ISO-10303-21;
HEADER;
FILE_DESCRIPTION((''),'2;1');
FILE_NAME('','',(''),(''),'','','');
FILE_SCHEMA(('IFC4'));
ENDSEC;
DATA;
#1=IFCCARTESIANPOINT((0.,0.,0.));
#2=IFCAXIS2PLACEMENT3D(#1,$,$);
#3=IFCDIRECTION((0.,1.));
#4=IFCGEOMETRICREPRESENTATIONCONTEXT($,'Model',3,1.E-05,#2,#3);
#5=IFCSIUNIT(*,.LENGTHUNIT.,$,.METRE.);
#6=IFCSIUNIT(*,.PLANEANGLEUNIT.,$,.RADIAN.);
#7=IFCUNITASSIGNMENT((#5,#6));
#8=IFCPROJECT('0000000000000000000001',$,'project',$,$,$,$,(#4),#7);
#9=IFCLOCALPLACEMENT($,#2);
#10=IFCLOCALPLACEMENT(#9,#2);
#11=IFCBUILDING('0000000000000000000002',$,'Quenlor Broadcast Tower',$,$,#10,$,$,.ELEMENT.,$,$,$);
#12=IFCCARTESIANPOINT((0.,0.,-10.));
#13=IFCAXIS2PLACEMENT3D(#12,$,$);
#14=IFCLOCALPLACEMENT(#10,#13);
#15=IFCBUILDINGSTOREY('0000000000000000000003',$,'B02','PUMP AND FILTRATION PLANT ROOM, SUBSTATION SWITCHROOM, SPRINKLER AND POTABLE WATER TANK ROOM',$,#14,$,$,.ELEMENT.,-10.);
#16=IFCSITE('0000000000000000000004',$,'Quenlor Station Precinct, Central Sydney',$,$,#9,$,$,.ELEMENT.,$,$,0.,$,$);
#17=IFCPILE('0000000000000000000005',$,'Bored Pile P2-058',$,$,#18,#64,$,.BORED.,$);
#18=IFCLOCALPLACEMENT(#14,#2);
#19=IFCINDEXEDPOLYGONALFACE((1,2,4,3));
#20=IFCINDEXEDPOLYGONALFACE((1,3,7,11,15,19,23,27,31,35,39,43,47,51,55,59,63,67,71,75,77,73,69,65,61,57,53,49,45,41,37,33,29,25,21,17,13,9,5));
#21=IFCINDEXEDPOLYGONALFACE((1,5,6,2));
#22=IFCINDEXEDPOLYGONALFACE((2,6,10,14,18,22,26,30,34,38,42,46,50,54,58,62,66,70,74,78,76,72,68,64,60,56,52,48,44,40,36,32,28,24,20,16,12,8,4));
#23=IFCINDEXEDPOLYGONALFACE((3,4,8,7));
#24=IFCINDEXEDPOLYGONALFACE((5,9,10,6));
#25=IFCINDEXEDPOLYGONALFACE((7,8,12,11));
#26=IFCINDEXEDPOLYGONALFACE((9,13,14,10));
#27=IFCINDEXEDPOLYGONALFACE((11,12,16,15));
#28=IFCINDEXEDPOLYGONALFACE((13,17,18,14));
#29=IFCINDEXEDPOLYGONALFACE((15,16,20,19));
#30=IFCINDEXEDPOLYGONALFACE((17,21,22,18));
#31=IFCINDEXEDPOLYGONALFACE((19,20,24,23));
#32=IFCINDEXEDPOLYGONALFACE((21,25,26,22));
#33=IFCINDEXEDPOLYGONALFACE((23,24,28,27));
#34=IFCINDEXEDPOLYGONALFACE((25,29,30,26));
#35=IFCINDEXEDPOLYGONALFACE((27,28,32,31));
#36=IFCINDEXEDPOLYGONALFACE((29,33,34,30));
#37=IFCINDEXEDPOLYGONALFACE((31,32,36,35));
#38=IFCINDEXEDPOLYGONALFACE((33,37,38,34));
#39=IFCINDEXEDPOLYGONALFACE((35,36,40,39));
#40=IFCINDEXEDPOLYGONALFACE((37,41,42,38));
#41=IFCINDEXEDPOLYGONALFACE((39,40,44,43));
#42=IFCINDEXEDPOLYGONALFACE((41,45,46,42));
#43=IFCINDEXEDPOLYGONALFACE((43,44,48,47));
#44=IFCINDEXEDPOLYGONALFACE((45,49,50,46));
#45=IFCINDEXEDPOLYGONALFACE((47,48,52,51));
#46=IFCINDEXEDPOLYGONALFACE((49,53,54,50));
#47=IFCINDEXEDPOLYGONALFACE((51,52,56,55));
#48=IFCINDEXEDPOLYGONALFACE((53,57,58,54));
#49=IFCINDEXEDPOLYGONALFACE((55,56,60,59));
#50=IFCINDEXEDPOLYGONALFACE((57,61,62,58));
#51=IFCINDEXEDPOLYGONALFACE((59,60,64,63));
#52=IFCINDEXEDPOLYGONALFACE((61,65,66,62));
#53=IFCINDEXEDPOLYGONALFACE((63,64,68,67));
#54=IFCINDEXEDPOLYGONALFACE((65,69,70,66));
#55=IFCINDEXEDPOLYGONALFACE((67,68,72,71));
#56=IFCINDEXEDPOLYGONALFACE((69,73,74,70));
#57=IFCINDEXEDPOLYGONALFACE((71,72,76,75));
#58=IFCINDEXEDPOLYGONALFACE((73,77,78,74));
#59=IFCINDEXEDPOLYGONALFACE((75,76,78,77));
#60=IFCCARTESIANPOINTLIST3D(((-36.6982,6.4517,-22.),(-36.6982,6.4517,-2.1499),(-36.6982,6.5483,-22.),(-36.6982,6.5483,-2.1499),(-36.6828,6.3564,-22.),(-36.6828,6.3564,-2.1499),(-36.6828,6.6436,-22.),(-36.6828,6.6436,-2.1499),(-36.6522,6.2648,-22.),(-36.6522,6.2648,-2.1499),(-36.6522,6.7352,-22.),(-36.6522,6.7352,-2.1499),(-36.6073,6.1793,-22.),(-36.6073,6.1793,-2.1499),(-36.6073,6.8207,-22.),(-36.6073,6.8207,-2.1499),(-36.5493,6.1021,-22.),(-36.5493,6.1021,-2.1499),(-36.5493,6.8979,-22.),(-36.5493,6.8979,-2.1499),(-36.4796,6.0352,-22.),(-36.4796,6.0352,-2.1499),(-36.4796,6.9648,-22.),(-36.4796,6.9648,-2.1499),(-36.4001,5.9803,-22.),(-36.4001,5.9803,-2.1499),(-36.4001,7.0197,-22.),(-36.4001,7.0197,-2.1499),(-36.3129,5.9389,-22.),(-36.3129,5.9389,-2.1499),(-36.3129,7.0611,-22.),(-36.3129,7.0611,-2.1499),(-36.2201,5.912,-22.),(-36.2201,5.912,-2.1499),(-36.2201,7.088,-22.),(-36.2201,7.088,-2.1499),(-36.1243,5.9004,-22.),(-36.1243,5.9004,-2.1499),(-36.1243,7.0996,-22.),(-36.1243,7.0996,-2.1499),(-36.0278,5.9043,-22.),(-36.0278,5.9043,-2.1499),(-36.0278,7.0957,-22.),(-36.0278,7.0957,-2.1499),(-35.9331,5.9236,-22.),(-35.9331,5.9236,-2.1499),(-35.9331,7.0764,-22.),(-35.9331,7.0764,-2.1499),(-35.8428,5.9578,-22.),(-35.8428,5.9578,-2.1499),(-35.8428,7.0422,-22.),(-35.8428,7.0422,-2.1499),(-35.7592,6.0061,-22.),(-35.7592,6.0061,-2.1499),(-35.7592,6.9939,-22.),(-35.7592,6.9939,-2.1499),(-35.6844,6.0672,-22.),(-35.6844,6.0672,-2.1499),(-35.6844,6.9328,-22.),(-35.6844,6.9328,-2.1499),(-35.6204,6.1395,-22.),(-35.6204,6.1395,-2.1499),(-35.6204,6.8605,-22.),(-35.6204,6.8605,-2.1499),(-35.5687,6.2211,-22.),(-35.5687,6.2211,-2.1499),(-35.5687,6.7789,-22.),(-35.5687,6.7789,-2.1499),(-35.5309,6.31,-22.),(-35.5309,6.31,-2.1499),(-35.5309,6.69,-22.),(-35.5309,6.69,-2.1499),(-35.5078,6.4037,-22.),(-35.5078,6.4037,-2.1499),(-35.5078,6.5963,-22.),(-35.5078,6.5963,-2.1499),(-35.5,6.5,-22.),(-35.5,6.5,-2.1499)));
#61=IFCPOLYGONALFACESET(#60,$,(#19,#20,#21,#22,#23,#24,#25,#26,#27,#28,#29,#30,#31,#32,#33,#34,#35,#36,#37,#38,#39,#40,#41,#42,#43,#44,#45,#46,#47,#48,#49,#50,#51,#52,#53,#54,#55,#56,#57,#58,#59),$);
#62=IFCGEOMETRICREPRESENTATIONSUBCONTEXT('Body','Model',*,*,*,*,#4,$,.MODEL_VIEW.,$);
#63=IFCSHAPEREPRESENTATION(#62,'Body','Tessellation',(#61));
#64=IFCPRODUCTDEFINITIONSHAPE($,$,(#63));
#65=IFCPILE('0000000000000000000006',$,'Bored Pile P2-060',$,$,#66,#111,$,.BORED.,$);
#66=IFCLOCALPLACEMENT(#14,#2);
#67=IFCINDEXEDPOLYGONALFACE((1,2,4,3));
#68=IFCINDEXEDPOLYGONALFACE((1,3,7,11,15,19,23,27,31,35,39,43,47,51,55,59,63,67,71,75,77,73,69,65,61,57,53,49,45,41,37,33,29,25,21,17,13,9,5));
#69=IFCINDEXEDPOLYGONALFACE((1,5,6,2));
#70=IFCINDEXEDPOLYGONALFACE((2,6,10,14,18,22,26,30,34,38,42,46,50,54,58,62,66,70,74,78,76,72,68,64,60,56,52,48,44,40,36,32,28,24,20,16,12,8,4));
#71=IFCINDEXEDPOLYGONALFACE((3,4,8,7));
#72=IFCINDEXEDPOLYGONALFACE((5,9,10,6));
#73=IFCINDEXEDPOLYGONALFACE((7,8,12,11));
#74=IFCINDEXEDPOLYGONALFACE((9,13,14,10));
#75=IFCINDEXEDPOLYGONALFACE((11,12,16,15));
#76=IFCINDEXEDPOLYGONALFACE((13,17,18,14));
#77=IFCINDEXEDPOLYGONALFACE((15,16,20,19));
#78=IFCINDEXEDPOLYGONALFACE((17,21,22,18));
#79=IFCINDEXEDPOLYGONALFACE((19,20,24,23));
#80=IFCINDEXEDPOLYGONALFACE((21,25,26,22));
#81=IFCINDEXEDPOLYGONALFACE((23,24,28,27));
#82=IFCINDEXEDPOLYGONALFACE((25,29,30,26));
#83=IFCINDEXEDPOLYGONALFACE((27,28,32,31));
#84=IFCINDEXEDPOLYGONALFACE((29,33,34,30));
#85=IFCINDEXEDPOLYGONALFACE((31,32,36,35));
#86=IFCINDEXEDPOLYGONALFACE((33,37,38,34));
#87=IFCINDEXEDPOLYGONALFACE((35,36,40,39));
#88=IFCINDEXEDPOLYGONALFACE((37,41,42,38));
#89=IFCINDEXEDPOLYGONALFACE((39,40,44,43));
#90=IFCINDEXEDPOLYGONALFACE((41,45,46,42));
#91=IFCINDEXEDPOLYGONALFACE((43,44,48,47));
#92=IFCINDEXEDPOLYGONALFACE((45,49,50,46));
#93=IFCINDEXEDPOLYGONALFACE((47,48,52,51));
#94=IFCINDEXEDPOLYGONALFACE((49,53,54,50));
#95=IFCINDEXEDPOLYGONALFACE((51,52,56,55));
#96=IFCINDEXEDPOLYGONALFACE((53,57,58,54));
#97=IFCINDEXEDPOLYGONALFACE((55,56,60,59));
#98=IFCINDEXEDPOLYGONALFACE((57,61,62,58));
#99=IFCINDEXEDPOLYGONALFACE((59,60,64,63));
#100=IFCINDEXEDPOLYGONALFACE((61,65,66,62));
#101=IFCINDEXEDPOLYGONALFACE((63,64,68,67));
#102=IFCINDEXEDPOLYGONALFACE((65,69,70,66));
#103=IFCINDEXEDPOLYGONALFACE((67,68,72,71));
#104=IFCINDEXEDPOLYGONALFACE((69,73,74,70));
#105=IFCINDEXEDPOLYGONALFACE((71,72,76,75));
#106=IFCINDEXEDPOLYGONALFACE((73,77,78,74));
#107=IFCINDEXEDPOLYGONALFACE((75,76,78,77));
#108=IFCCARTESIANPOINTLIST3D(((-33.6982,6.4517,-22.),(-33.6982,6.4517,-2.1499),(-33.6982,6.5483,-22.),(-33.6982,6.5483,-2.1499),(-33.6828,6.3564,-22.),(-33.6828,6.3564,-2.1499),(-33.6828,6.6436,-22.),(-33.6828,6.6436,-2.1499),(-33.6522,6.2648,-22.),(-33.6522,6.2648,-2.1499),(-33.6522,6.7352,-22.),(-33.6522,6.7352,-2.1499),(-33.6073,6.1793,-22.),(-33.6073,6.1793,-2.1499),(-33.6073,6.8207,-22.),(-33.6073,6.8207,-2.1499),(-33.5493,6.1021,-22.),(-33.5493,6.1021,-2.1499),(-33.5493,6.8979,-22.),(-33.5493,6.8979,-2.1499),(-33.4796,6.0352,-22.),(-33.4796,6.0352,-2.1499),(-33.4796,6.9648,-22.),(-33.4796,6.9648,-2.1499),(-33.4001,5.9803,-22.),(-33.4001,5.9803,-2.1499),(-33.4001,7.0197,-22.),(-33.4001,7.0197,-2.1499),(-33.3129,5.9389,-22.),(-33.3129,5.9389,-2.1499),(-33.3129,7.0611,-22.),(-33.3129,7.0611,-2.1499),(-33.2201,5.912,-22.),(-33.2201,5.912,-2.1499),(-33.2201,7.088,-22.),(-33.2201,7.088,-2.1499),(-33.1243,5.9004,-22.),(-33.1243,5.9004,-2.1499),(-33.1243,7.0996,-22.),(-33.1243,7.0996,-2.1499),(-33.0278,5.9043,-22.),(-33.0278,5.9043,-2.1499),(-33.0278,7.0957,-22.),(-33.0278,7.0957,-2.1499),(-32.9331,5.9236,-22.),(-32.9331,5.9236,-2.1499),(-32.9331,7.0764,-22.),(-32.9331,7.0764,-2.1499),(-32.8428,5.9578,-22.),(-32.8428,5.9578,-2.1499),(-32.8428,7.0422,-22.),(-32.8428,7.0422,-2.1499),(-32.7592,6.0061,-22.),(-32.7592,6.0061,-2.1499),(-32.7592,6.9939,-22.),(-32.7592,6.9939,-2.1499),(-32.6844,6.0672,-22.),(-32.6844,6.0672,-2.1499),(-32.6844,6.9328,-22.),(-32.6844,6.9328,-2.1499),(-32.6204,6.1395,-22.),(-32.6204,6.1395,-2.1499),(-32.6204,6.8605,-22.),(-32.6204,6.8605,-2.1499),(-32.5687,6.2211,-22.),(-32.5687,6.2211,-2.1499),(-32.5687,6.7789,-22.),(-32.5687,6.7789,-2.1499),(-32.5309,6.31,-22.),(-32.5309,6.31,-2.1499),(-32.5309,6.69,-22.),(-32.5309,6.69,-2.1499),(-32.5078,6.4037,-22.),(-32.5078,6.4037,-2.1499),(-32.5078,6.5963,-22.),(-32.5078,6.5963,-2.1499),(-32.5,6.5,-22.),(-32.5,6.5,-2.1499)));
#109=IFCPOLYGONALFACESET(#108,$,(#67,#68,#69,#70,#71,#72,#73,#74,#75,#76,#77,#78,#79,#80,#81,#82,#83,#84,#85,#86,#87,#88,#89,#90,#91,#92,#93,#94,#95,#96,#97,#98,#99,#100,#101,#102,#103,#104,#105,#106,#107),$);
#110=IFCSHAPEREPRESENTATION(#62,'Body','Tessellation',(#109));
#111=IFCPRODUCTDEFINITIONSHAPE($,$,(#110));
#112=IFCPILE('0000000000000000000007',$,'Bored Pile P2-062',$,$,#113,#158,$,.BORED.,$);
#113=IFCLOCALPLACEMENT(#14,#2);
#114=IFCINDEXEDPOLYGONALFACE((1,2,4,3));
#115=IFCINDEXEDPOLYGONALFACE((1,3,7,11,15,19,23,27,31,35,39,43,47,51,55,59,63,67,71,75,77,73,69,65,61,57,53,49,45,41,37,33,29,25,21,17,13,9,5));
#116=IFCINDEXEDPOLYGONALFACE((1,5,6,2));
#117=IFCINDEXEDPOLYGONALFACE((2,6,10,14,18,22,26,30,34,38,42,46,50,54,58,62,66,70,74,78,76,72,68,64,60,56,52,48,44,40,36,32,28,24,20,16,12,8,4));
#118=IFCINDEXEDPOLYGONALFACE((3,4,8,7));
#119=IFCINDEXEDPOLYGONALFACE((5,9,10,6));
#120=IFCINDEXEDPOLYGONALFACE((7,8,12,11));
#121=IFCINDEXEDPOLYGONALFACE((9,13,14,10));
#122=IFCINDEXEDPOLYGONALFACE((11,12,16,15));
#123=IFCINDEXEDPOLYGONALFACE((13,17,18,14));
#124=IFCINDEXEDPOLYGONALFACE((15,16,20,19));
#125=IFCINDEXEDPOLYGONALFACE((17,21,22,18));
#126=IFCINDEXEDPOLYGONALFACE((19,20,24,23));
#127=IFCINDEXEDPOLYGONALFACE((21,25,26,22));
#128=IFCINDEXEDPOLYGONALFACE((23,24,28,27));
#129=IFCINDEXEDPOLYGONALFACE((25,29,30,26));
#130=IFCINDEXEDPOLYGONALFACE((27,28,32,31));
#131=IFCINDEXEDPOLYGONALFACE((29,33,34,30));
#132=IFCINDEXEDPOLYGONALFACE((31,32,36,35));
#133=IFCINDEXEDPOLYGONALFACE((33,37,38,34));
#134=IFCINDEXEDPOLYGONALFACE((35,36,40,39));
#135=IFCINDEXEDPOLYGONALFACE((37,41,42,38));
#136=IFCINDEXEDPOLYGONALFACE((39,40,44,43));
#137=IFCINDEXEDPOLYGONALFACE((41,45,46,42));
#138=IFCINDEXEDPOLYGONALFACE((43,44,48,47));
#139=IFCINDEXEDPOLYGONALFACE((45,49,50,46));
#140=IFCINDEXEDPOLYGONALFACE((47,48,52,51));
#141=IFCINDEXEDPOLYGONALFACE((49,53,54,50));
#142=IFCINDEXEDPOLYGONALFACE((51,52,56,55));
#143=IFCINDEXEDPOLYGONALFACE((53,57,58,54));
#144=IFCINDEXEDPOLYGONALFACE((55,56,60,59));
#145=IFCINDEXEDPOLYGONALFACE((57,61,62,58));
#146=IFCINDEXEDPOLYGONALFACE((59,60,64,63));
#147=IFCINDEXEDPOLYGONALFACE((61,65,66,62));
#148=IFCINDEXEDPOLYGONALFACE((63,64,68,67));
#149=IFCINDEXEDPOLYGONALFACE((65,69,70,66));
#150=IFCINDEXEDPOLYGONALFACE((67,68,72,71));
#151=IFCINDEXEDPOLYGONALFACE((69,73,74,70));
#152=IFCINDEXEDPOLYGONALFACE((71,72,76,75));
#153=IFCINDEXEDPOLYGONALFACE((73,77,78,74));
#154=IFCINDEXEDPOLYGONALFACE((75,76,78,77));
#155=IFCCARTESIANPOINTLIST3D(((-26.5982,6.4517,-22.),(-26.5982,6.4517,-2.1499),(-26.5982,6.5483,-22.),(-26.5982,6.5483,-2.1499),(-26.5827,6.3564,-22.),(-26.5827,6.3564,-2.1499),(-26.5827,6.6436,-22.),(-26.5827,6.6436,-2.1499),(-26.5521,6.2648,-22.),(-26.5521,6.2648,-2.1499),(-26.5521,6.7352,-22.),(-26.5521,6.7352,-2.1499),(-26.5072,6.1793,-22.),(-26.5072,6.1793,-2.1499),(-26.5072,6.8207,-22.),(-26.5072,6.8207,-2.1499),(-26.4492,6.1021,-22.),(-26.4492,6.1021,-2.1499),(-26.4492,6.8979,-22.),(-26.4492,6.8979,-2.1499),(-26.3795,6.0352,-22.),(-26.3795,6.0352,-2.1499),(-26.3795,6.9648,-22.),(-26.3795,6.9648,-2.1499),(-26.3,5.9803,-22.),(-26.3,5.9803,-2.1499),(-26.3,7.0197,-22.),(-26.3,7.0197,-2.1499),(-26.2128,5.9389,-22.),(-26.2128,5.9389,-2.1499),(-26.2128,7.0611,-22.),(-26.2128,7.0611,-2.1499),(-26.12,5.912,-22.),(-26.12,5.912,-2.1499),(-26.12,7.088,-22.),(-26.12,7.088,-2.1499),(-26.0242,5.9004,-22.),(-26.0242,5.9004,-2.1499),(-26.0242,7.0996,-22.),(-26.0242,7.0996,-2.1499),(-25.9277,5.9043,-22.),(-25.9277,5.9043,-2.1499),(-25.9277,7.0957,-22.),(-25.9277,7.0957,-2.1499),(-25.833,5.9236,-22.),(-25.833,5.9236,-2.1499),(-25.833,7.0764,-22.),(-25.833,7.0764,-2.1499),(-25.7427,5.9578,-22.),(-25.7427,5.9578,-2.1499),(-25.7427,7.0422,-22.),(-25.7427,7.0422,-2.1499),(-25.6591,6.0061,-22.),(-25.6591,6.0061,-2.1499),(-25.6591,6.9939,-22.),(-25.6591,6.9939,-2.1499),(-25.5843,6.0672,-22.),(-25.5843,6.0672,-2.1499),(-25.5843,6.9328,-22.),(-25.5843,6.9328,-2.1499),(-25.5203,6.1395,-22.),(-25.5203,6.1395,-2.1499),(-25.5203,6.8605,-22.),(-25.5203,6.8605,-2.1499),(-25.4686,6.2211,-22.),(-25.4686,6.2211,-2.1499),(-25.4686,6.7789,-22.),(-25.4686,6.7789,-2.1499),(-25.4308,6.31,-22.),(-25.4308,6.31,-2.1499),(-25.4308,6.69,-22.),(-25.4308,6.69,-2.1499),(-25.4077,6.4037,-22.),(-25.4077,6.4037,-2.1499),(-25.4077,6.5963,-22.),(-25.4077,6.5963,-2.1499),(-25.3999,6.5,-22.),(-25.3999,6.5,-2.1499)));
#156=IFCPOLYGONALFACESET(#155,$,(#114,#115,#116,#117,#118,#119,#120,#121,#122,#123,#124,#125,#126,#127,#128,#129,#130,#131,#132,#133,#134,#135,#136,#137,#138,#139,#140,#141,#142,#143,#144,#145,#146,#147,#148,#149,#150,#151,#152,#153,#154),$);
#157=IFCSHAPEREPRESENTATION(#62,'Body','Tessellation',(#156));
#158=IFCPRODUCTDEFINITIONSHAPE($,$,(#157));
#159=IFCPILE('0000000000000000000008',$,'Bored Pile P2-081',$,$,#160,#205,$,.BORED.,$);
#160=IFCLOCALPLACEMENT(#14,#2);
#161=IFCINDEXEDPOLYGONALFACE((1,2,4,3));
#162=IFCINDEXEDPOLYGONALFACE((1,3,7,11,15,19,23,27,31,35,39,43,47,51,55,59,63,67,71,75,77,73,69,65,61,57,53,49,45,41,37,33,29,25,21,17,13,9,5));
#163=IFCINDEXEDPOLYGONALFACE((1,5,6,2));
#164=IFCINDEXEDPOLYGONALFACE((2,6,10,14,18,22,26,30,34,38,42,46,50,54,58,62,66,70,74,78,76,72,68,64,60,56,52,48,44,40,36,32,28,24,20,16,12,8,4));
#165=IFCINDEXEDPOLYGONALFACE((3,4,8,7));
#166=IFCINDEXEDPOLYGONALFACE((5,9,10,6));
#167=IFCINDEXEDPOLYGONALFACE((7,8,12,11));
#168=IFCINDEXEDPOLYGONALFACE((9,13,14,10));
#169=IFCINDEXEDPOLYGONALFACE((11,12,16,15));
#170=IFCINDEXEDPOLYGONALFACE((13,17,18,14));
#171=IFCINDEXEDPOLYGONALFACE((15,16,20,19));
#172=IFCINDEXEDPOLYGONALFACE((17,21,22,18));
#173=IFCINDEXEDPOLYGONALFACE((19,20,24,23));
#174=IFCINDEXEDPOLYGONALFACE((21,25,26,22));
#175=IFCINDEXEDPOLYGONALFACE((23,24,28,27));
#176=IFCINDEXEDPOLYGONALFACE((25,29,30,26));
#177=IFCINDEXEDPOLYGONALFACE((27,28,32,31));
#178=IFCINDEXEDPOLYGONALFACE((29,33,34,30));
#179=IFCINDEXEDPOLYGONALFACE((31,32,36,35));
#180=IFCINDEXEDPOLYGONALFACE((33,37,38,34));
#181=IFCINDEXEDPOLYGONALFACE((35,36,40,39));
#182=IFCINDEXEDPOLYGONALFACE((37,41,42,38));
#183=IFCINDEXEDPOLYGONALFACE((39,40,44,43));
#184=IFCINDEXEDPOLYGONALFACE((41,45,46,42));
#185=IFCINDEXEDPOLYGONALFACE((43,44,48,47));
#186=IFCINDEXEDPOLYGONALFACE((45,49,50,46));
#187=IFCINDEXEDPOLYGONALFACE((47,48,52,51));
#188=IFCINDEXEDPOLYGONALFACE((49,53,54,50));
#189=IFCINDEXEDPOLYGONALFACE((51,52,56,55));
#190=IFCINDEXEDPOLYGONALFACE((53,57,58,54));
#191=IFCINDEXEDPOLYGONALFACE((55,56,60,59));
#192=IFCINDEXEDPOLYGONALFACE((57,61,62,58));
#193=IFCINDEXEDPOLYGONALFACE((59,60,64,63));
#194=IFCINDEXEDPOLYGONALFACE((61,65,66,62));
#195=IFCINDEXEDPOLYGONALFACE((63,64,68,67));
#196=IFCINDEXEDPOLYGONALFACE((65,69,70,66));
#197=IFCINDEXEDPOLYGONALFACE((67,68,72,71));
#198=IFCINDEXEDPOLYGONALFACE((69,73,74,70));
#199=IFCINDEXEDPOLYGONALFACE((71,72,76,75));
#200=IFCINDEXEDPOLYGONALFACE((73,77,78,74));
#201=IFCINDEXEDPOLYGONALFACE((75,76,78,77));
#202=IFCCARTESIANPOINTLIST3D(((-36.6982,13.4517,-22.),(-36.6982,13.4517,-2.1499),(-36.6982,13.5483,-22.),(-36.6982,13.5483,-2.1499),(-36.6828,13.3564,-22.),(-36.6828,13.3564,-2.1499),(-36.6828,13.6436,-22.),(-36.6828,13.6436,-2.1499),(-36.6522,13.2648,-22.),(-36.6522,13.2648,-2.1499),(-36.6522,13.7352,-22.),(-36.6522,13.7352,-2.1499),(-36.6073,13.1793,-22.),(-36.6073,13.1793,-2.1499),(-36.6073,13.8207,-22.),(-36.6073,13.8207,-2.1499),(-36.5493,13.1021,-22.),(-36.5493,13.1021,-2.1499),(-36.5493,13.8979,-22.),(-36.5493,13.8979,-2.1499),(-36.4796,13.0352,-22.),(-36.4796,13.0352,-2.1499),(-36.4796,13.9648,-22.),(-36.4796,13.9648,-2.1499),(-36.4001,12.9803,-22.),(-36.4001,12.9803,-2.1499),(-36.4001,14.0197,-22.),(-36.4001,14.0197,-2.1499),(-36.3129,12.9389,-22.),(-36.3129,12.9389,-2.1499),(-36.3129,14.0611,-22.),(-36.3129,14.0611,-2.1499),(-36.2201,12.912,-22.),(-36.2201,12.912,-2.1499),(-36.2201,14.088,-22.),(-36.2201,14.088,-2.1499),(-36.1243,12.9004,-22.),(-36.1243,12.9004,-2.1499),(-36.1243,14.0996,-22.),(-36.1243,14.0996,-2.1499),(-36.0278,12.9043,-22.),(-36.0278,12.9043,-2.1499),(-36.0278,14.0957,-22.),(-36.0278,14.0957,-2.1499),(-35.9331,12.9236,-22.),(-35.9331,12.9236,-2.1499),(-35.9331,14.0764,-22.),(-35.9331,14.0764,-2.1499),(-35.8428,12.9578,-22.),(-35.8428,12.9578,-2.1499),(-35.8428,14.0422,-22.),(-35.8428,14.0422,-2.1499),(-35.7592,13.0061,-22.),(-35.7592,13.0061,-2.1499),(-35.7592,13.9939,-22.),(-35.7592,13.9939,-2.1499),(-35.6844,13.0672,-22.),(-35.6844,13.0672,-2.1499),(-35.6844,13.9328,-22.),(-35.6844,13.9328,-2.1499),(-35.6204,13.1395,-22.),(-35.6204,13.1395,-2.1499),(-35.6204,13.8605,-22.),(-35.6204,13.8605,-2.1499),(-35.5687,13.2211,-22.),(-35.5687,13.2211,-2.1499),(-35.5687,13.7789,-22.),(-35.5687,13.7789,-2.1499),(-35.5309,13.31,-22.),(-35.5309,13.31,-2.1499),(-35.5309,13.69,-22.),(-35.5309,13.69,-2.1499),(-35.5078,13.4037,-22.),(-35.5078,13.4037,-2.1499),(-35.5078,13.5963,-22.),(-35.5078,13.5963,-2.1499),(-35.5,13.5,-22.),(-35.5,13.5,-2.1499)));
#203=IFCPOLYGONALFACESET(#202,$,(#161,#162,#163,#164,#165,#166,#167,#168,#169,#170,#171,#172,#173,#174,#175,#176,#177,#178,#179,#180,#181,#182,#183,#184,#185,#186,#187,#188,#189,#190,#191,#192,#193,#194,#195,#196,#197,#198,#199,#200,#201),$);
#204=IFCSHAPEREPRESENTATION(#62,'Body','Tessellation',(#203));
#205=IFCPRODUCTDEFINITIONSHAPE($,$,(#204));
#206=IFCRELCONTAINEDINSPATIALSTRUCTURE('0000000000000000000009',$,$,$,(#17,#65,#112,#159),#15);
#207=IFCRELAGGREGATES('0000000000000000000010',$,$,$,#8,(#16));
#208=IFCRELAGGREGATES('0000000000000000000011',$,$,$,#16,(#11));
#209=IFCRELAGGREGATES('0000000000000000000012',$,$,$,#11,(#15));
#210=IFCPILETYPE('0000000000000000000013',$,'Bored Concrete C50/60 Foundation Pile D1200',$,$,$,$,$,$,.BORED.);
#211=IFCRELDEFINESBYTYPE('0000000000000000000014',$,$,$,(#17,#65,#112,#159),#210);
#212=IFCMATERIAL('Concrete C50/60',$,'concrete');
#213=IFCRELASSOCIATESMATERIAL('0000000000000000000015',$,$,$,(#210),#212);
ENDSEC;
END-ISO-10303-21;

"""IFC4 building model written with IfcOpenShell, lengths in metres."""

from ifc_helpers import new_model, si_unit, direction, frame, origin, origin_2d, place, context, subcontext, project, spatial, circle, extrude, material, material_profile, profile_set, type_object, element, save


model = new_model("IFC4")

# Units and contexts
model_context = context("Model", 3, precision=1e-05, world=origin(), true_north=direction((0.0, 1.0)))
body_context = subcontext(model_context, "Body", "Model", "MODEL_VIEW")
ifc_project = project(units=[si_unit("LENGTHUNIT", "METRE"), si_unit("PLANEANGLEUNIT", "RADIAN")], contexts=[model_context])

# Site, building, storey
site_placement = place(None, origin())
site = spatial("IfcSite", under=ifc_project, at=site_placement, Name="Quenlor Station Precinct, Central Sydney", CompositionType="ELEMENT", RefElevation=0.0)
building_placement = place(site_placement, origin())
building = spatial("IfcBuilding", under=site, at=building_placement, Name="Quenlor Broadcast Tower", CompositionType="ELEMENT")
storey_placement = place(building_placement, frame((0.0, 0.0, -10.0)))
storey = spatial("IfcBuildingStorey", under=building, at=storey_placement, Name="B02", Description="PUMP AND FILTRATION PLANT ROOM, SUBSTATION SWITCHROOM, SPRINKLER AND POTABLE WATER TANK ROOM", CompositionType="ELEMENT", Elevation=-10.0)

# Piles
ifc_material_1 = material(Name="Concrete C50/60", Category="concrete")
ifc_material_profile_1 = material_profile(ifc_material_1, circle(Radius=0.6001, at=origin_2d()))
ifc_profile_set_1 = profile_set([ifc_material_profile_1], Name="Concrete C50/60 PILE1200")
pile_type = type_object("IfcPileType", Name="Bored Concrete C50/60 Foundation Pile D1200", PredefinedType="BORED", material=ifc_profile_set_1)
for number, where, z_axis, x_axis, name in (
    (1, (-36.1001, 6.5, -2.1499), (0.0, 0.0, -1.0), (1.0, 0.0, 0.0), "Bored Pile P2-058"),
    (2, (-33.1001, 6.5, -2.1499), (0.0, 0.0, -1.0), (1.0, 0.0, 0.0), "Bored Pile P2-060"),
    (3, (-26.0, 6.5, -2.1499), (0.0, 0.0, -1.0), (1.0, 0.0, 0.0), "Bored Pile P2-062"),
    (4, (-36.1001, 13.5, -2.1499), (0.0, 0.0, -1.0), (1.0, 0.0, 0.0), "Bored Pile P2-081"),
):
    element("IfcPile", number, at=place(storey_placement, frame(where, z_axis=z_axis, x_axis=x_axis)), inside=storey, type_object=pile_type, Name=name, PredefinedType="BORED", context=body_context, shape_type="SweptSolid", body=[
        extrude(circle(Radius=0.6001, at=origin_2d()), origin(), (0.0, 0.0, 1.0), 19.8501),
    ])

save(model, "model.ifc")
